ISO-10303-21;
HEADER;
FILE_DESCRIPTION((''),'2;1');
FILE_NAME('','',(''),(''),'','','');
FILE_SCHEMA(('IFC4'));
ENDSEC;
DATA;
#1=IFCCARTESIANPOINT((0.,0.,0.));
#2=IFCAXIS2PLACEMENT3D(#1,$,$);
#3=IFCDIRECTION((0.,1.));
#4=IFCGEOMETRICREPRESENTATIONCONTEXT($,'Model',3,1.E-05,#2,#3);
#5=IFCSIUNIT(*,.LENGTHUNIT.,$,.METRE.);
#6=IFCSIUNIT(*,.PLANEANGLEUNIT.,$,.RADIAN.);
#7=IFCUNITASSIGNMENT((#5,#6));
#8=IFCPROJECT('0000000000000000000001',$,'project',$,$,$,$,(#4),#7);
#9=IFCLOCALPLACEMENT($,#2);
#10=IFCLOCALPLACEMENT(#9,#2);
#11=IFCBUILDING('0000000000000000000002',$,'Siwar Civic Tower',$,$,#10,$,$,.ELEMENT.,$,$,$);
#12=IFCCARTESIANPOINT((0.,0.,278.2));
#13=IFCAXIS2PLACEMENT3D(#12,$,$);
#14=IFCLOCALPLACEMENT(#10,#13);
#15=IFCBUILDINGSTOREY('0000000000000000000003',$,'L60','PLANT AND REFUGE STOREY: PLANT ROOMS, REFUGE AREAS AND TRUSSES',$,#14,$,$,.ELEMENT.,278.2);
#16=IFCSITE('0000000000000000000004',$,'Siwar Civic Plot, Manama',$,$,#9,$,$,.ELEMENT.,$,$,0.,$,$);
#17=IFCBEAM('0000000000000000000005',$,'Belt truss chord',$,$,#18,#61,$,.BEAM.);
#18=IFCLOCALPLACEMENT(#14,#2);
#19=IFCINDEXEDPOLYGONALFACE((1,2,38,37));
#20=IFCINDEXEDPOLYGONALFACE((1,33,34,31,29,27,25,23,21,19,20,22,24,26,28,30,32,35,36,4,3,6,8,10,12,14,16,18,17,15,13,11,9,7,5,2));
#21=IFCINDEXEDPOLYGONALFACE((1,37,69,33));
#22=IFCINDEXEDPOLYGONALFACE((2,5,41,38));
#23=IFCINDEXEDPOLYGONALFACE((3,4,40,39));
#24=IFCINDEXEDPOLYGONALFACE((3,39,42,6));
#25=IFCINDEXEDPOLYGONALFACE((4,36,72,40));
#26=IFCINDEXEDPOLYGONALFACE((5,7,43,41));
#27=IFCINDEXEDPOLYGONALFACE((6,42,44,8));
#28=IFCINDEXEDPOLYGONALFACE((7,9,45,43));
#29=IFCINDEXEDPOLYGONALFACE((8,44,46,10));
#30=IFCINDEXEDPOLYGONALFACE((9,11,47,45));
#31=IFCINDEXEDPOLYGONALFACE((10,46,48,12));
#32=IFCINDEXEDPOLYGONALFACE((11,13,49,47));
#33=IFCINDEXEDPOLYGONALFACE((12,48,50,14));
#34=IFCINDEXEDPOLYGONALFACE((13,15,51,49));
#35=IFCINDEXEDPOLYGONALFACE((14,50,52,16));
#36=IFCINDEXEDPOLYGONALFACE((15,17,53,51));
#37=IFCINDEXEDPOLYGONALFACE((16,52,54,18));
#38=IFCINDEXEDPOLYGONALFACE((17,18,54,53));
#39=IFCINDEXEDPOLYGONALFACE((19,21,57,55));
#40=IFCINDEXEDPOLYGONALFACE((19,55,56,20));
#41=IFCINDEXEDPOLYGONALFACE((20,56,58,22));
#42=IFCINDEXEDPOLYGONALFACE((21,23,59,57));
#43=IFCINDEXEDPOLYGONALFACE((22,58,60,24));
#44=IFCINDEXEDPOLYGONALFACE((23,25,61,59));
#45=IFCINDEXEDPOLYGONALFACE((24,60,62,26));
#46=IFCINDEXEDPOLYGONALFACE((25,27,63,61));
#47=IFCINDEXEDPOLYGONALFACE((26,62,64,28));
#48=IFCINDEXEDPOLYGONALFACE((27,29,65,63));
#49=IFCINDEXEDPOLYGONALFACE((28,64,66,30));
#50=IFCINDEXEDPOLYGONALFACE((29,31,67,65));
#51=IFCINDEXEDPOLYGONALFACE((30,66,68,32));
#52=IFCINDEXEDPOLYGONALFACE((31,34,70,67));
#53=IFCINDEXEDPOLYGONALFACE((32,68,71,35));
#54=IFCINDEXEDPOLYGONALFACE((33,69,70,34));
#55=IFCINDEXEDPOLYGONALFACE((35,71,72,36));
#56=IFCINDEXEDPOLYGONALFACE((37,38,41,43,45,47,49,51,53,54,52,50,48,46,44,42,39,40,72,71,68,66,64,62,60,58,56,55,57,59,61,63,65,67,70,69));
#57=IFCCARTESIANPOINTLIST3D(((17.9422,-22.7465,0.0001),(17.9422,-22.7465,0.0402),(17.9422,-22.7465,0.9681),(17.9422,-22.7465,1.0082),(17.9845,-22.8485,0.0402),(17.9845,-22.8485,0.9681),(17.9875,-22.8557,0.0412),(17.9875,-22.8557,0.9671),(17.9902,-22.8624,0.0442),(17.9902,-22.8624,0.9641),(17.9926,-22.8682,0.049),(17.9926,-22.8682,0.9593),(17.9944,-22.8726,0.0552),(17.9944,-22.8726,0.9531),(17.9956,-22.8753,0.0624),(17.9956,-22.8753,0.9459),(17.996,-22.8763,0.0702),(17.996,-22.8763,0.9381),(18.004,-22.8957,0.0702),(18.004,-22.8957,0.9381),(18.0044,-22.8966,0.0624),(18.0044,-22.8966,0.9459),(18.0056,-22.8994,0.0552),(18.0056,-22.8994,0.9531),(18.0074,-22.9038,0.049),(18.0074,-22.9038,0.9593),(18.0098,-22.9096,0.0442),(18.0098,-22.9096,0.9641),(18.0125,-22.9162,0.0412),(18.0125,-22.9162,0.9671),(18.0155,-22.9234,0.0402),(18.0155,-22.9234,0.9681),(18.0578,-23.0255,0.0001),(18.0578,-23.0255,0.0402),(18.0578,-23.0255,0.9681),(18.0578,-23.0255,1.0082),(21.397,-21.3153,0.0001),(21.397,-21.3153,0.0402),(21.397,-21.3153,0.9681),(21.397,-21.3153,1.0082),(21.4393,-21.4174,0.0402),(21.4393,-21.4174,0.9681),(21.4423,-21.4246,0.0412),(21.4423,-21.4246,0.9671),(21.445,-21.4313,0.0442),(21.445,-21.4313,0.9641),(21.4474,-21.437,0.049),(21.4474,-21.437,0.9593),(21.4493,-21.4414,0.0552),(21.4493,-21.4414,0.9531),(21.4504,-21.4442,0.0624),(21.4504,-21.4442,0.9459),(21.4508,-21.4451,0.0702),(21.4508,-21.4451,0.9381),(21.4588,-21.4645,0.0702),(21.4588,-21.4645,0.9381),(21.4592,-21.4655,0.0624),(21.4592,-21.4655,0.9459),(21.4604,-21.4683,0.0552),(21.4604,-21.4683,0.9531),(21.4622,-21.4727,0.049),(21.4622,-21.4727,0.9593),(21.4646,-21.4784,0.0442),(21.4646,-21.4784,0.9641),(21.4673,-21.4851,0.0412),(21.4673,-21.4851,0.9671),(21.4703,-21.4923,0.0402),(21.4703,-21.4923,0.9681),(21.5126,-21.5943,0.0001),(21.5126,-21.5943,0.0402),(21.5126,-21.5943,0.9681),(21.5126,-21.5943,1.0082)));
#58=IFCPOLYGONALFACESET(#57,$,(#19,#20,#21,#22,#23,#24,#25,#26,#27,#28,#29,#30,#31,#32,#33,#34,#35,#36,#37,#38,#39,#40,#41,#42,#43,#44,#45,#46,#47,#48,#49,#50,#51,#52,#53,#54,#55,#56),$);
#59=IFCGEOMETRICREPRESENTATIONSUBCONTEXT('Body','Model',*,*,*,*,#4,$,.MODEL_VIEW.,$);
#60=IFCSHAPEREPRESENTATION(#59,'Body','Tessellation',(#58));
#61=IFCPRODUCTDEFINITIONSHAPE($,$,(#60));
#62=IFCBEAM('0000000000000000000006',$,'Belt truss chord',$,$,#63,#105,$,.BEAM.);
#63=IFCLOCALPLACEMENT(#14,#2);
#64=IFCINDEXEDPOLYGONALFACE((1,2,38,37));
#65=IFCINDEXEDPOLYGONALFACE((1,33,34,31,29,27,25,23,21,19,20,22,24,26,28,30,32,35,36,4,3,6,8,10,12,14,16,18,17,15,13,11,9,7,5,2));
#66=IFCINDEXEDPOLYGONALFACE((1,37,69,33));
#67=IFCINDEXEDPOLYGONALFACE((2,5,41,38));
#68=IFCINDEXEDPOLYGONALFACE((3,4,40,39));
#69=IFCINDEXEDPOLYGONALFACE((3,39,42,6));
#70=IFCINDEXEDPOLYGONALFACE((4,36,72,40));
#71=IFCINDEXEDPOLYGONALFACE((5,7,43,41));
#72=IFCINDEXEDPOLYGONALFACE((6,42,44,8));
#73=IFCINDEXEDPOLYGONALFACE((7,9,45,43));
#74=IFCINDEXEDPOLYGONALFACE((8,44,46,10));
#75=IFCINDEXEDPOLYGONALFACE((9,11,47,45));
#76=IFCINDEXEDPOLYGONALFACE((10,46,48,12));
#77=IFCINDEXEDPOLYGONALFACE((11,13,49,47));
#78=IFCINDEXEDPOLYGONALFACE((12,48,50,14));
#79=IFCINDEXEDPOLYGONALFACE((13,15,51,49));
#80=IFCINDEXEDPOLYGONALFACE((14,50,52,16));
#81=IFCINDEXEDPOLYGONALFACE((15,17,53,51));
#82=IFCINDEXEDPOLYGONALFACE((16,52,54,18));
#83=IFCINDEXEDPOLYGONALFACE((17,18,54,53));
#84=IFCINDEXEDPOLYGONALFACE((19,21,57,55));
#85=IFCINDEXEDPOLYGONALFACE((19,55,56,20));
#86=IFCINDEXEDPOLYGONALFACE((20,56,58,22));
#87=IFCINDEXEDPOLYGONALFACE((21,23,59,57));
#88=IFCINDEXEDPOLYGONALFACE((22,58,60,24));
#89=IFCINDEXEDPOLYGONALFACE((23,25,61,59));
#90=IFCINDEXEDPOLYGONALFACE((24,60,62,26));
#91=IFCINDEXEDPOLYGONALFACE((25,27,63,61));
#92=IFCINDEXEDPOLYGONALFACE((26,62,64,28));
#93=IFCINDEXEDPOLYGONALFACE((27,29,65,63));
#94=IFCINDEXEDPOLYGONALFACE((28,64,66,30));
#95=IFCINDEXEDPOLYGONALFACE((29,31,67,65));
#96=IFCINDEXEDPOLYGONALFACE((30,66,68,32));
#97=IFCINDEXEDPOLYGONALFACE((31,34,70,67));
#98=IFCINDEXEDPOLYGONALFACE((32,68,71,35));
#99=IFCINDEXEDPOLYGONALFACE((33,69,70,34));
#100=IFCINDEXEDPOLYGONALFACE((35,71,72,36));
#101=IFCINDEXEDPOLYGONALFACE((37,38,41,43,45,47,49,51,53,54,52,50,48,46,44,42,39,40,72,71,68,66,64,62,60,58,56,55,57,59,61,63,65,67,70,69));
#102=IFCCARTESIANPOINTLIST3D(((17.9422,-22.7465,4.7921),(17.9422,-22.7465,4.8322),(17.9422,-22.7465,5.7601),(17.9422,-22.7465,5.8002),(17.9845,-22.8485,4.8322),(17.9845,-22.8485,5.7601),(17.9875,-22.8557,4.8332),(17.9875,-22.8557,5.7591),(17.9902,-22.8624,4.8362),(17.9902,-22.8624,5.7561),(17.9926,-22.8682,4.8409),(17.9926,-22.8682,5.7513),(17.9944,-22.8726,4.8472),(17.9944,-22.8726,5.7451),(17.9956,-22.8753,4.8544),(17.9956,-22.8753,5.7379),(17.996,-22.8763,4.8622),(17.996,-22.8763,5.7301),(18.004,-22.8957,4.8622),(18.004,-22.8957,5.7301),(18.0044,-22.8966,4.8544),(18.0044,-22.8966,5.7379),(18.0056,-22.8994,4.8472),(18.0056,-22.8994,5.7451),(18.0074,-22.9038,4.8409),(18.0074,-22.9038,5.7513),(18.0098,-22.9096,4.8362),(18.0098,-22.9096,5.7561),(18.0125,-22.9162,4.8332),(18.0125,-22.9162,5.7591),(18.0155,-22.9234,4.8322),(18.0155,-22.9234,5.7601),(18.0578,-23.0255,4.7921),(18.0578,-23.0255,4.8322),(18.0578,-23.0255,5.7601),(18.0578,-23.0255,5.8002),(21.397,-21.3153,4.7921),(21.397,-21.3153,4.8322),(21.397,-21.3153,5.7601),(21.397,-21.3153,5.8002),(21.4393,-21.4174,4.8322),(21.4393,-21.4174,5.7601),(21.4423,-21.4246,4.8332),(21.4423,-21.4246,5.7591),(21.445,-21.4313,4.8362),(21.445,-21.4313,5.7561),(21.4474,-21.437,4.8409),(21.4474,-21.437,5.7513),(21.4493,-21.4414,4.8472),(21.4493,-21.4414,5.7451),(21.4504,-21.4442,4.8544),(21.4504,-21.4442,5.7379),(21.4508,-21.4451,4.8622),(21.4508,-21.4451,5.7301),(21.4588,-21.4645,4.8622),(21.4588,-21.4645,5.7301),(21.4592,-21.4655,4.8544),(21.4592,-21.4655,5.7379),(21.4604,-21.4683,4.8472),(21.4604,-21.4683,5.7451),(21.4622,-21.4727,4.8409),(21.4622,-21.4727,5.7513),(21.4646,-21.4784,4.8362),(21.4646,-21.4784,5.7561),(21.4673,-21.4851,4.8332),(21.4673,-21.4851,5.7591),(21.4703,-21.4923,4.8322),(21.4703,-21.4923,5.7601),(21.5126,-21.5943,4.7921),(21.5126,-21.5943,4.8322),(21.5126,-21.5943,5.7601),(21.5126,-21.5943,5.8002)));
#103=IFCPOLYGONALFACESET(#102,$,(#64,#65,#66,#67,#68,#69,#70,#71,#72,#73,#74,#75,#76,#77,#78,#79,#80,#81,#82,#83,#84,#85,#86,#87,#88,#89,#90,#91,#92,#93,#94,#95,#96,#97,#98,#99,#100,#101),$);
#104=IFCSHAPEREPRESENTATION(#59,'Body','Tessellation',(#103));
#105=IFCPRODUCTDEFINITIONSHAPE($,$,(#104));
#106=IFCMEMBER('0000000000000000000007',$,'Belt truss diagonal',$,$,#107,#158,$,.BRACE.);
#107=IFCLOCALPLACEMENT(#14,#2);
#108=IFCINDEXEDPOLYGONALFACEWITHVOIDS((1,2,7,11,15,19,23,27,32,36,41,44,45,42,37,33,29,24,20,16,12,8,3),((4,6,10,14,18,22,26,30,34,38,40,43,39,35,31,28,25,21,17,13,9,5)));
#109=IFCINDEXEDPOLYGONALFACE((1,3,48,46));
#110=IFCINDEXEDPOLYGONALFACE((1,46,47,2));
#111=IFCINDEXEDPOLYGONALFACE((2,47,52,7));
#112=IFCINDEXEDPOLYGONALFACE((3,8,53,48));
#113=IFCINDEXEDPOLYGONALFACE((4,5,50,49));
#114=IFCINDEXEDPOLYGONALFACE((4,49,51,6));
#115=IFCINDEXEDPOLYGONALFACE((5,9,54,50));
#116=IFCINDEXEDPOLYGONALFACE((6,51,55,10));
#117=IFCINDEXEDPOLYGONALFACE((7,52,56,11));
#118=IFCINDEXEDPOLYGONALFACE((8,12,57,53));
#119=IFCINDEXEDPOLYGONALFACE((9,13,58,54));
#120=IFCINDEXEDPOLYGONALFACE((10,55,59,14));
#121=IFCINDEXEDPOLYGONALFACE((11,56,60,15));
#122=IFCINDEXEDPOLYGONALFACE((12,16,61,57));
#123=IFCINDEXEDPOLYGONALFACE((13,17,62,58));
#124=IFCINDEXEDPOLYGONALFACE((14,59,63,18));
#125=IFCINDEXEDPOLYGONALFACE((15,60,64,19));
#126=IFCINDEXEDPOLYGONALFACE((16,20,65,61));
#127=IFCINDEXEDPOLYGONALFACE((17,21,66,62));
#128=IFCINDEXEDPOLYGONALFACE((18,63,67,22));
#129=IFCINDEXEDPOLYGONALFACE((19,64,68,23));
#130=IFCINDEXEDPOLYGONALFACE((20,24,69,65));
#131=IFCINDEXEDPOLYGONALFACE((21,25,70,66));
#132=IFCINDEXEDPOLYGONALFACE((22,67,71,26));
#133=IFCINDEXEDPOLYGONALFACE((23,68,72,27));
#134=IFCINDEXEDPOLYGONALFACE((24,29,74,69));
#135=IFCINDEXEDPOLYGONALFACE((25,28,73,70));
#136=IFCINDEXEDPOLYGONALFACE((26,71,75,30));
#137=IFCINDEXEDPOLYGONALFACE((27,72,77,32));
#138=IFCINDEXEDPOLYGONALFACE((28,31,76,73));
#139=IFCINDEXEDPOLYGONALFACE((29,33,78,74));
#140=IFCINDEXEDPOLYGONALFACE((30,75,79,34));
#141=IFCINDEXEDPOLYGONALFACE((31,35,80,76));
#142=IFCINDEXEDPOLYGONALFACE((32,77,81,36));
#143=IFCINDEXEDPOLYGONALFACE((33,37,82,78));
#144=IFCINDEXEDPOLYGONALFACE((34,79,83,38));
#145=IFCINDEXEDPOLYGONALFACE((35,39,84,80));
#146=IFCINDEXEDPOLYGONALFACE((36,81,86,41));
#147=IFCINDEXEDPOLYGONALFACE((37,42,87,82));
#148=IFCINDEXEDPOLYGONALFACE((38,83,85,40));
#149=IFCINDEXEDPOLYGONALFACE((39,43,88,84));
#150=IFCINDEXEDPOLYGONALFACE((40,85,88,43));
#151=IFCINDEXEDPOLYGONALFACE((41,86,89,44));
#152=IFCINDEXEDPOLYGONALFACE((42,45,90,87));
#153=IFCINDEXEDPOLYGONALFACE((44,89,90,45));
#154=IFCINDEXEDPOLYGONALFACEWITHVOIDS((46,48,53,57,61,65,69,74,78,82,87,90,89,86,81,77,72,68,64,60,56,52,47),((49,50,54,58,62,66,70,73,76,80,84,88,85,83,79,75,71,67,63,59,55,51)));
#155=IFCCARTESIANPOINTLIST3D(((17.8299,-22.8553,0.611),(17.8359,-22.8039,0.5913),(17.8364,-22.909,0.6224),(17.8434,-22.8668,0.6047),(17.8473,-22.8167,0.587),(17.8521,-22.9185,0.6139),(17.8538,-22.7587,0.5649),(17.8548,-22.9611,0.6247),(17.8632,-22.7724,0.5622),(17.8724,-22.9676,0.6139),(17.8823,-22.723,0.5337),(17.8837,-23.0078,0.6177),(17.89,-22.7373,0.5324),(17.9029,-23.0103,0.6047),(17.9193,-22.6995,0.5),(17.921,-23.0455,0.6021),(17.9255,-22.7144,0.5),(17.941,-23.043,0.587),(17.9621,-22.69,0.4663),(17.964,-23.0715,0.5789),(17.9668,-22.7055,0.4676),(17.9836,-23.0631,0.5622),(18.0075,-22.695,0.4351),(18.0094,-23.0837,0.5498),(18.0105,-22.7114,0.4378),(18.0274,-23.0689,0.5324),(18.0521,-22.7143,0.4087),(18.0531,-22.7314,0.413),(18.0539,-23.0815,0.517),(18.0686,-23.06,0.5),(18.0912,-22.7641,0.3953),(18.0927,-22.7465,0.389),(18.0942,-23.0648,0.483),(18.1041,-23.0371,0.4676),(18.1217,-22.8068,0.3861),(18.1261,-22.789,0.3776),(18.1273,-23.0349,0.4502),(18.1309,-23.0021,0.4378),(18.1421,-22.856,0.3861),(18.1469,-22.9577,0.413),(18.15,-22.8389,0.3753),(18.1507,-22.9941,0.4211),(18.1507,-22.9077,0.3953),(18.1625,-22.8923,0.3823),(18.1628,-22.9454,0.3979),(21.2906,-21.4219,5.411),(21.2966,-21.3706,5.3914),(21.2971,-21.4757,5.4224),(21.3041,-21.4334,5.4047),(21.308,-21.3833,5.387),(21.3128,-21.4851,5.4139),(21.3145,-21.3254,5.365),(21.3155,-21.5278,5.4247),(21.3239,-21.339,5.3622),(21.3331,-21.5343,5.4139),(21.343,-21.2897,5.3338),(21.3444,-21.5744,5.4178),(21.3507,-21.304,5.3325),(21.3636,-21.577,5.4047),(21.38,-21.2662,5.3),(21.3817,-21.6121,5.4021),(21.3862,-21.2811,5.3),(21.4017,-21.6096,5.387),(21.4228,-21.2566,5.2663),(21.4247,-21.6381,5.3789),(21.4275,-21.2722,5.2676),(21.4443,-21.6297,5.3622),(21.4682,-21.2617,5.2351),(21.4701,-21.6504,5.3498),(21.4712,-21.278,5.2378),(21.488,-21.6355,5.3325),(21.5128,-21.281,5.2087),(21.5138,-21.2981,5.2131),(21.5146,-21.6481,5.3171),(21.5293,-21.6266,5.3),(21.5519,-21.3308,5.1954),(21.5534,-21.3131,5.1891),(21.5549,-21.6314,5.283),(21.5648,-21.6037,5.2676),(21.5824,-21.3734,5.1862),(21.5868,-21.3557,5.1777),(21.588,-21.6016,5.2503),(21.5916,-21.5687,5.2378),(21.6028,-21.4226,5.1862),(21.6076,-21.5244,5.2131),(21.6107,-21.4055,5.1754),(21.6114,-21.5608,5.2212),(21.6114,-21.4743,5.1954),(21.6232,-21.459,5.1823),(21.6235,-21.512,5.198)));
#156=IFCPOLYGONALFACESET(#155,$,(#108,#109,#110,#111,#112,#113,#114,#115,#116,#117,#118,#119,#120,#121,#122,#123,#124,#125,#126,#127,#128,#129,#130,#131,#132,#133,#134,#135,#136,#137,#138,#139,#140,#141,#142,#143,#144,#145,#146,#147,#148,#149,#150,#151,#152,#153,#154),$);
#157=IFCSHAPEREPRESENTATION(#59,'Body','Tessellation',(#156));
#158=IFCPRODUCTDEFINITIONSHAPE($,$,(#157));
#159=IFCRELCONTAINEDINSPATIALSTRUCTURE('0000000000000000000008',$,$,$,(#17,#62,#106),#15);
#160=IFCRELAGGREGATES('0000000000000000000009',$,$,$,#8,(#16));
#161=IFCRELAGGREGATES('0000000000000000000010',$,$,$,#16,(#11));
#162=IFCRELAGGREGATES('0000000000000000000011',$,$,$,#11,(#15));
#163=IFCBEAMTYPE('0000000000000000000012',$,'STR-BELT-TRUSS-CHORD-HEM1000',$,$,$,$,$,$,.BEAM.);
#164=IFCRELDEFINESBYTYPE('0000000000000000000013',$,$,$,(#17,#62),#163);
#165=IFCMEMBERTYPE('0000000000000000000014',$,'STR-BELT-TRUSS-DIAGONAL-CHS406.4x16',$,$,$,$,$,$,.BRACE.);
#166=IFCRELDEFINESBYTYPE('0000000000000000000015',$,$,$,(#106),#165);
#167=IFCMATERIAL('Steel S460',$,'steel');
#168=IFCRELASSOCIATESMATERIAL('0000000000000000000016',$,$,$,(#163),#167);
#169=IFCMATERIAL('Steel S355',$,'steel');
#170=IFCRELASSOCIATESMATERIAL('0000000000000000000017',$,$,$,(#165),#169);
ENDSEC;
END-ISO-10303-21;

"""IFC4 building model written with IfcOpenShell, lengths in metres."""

from ifc_helpers import new_model, si_unit, direction, frame, origin, origin_2d, place, context, subcontext, project, spatial, hollow_circle, i_section, extrude, material, material_profile, profile_set, type_object, element, save


model = new_model("IFC4")

# Units and contexts
model_context = context("Model", 3, precision=1e-05, world=origin(), true_north=direction((0.0, 1.0)))
body_context = subcontext(model_context, "Body", "Model", "MODEL_VIEW")
ifc_project = project(units=[si_unit("LENGTHUNIT", "METRE"), si_unit("PLANEANGLEUNIT", "RADIAN")], contexts=[model_context])

# Site, building, storey
site_placement = place(None, origin())
site = spatial("IfcSite", under=ifc_project, at=site_placement, Name="Siwar Civic Plot, Manama", CompositionType="ELEMENT", RefElevation=0.0)
building_placement = place(site_placement, origin())
building = spatial("IfcBuilding", under=site, at=building_placement, Name="Siwar Civic Tower", CompositionType="ELEMENT")
storey_placement = place(building_placement, frame((0.0, 0.0, 278.2)))
storey = spatial("IfcBuildingStorey", under=building, at=storey_placement, Name="L60", Description="PLANT AND REFUGE STOREY: PLANT ROOMS, REFUGE AREAS AND TRUSSES", CompositionType="ELEMENT", Elevation=278.2)

# Beams
ifc_material_1 = material(Name="Steel S460", Category="steel")
ifc_material_profile_1 = material_profile(ifc_material_1, i_section(OverallWidth=0.302, OverallDepth=1.0081, WebThickness=0.021, FlangeThickness=0.04, FilletRadius=0.03, at=origin_2d()), Name="HEM1000")
ifc_profile_set_1 = profile_set([ifc_material_profile_1], Name="Steel S460")
beam_type_1 = type_object("IfcBeamType", Name="STR-BELT-TRUSS-CHORD-HEM1000", PredefinedType="BEAM", material=ifc_profile_set_1)
for number, where, z_axis, x_axis, name in (
    (1, (18.0, -22.886, 0.5042), (0.923869, 0.382709, 0.0), (-0.382709, 0.923869, 0.0), "Belt truss chord"),
    (2, (18.0, -22.886, 5.2961), (0.923869, 0.382709, 0.0), (-0.382709, 0.923869, 0.0), "Belt truss chord"),
):
    element("IfcBeam", number, at=place(storey_placement, frame(where, z_axis=z_axis, x_axis=x_axis)), inside=storey, type_object=beam_type_1, Name=name, PredefinedType="BEAM", context=body_context, shape_type="SweptSolid", body=[
        extrude(i_section(OverallWidth=0.302, OverallDepth=1.0081, WebThickness=0.021, FlangeThickness=0.04, FilletRadius=0.03, at=origin_2d()), origin(), (0.0, 0.0, 1.0), 3.7395),
    ])

# Member
ifc_material_2 = material(Name="Steel S355", Category="steel")
ifc_material_profile_2 = material_profile(ifc_material_2, hollow_circle(Radius=0.2031, WallThickness=0.0161, at=origin_2d()), Name="CHS406.4x16")
ifc_profile_set_2 = profile_set([ifc_material_profile_2], Name="Steel S355")
member_type_1 = type_object("IfcMemberType", Name="STR-BELT-TRUSS-DIAGONAL-CHS406.4x16", PredefinedType="BRACE", material=ifc_profile_set_2)
member_1_placement = place(storey_placement, frame((17.9971, -22.8872, 0.5), z_axis=(0.568387, 0.235414, 0.788363), x_axis=(-0.382657, 0.923891, 0.0)))
element("IfcMember", 3, at=member_1_placement, inside=storey, type_object=member_type_1, Name="Belt truss diagonal", PredefinedType="BRACE", context=body_context, shape_type="SweptSolid", body=[
    extrude(hollow_circle(Radius=0.2031, WallThickness=0.0161, at=origin_2d()), origin(), (0.0, 0.0, 1.0), 6.0886),
])

save(model, "model.ifc")
